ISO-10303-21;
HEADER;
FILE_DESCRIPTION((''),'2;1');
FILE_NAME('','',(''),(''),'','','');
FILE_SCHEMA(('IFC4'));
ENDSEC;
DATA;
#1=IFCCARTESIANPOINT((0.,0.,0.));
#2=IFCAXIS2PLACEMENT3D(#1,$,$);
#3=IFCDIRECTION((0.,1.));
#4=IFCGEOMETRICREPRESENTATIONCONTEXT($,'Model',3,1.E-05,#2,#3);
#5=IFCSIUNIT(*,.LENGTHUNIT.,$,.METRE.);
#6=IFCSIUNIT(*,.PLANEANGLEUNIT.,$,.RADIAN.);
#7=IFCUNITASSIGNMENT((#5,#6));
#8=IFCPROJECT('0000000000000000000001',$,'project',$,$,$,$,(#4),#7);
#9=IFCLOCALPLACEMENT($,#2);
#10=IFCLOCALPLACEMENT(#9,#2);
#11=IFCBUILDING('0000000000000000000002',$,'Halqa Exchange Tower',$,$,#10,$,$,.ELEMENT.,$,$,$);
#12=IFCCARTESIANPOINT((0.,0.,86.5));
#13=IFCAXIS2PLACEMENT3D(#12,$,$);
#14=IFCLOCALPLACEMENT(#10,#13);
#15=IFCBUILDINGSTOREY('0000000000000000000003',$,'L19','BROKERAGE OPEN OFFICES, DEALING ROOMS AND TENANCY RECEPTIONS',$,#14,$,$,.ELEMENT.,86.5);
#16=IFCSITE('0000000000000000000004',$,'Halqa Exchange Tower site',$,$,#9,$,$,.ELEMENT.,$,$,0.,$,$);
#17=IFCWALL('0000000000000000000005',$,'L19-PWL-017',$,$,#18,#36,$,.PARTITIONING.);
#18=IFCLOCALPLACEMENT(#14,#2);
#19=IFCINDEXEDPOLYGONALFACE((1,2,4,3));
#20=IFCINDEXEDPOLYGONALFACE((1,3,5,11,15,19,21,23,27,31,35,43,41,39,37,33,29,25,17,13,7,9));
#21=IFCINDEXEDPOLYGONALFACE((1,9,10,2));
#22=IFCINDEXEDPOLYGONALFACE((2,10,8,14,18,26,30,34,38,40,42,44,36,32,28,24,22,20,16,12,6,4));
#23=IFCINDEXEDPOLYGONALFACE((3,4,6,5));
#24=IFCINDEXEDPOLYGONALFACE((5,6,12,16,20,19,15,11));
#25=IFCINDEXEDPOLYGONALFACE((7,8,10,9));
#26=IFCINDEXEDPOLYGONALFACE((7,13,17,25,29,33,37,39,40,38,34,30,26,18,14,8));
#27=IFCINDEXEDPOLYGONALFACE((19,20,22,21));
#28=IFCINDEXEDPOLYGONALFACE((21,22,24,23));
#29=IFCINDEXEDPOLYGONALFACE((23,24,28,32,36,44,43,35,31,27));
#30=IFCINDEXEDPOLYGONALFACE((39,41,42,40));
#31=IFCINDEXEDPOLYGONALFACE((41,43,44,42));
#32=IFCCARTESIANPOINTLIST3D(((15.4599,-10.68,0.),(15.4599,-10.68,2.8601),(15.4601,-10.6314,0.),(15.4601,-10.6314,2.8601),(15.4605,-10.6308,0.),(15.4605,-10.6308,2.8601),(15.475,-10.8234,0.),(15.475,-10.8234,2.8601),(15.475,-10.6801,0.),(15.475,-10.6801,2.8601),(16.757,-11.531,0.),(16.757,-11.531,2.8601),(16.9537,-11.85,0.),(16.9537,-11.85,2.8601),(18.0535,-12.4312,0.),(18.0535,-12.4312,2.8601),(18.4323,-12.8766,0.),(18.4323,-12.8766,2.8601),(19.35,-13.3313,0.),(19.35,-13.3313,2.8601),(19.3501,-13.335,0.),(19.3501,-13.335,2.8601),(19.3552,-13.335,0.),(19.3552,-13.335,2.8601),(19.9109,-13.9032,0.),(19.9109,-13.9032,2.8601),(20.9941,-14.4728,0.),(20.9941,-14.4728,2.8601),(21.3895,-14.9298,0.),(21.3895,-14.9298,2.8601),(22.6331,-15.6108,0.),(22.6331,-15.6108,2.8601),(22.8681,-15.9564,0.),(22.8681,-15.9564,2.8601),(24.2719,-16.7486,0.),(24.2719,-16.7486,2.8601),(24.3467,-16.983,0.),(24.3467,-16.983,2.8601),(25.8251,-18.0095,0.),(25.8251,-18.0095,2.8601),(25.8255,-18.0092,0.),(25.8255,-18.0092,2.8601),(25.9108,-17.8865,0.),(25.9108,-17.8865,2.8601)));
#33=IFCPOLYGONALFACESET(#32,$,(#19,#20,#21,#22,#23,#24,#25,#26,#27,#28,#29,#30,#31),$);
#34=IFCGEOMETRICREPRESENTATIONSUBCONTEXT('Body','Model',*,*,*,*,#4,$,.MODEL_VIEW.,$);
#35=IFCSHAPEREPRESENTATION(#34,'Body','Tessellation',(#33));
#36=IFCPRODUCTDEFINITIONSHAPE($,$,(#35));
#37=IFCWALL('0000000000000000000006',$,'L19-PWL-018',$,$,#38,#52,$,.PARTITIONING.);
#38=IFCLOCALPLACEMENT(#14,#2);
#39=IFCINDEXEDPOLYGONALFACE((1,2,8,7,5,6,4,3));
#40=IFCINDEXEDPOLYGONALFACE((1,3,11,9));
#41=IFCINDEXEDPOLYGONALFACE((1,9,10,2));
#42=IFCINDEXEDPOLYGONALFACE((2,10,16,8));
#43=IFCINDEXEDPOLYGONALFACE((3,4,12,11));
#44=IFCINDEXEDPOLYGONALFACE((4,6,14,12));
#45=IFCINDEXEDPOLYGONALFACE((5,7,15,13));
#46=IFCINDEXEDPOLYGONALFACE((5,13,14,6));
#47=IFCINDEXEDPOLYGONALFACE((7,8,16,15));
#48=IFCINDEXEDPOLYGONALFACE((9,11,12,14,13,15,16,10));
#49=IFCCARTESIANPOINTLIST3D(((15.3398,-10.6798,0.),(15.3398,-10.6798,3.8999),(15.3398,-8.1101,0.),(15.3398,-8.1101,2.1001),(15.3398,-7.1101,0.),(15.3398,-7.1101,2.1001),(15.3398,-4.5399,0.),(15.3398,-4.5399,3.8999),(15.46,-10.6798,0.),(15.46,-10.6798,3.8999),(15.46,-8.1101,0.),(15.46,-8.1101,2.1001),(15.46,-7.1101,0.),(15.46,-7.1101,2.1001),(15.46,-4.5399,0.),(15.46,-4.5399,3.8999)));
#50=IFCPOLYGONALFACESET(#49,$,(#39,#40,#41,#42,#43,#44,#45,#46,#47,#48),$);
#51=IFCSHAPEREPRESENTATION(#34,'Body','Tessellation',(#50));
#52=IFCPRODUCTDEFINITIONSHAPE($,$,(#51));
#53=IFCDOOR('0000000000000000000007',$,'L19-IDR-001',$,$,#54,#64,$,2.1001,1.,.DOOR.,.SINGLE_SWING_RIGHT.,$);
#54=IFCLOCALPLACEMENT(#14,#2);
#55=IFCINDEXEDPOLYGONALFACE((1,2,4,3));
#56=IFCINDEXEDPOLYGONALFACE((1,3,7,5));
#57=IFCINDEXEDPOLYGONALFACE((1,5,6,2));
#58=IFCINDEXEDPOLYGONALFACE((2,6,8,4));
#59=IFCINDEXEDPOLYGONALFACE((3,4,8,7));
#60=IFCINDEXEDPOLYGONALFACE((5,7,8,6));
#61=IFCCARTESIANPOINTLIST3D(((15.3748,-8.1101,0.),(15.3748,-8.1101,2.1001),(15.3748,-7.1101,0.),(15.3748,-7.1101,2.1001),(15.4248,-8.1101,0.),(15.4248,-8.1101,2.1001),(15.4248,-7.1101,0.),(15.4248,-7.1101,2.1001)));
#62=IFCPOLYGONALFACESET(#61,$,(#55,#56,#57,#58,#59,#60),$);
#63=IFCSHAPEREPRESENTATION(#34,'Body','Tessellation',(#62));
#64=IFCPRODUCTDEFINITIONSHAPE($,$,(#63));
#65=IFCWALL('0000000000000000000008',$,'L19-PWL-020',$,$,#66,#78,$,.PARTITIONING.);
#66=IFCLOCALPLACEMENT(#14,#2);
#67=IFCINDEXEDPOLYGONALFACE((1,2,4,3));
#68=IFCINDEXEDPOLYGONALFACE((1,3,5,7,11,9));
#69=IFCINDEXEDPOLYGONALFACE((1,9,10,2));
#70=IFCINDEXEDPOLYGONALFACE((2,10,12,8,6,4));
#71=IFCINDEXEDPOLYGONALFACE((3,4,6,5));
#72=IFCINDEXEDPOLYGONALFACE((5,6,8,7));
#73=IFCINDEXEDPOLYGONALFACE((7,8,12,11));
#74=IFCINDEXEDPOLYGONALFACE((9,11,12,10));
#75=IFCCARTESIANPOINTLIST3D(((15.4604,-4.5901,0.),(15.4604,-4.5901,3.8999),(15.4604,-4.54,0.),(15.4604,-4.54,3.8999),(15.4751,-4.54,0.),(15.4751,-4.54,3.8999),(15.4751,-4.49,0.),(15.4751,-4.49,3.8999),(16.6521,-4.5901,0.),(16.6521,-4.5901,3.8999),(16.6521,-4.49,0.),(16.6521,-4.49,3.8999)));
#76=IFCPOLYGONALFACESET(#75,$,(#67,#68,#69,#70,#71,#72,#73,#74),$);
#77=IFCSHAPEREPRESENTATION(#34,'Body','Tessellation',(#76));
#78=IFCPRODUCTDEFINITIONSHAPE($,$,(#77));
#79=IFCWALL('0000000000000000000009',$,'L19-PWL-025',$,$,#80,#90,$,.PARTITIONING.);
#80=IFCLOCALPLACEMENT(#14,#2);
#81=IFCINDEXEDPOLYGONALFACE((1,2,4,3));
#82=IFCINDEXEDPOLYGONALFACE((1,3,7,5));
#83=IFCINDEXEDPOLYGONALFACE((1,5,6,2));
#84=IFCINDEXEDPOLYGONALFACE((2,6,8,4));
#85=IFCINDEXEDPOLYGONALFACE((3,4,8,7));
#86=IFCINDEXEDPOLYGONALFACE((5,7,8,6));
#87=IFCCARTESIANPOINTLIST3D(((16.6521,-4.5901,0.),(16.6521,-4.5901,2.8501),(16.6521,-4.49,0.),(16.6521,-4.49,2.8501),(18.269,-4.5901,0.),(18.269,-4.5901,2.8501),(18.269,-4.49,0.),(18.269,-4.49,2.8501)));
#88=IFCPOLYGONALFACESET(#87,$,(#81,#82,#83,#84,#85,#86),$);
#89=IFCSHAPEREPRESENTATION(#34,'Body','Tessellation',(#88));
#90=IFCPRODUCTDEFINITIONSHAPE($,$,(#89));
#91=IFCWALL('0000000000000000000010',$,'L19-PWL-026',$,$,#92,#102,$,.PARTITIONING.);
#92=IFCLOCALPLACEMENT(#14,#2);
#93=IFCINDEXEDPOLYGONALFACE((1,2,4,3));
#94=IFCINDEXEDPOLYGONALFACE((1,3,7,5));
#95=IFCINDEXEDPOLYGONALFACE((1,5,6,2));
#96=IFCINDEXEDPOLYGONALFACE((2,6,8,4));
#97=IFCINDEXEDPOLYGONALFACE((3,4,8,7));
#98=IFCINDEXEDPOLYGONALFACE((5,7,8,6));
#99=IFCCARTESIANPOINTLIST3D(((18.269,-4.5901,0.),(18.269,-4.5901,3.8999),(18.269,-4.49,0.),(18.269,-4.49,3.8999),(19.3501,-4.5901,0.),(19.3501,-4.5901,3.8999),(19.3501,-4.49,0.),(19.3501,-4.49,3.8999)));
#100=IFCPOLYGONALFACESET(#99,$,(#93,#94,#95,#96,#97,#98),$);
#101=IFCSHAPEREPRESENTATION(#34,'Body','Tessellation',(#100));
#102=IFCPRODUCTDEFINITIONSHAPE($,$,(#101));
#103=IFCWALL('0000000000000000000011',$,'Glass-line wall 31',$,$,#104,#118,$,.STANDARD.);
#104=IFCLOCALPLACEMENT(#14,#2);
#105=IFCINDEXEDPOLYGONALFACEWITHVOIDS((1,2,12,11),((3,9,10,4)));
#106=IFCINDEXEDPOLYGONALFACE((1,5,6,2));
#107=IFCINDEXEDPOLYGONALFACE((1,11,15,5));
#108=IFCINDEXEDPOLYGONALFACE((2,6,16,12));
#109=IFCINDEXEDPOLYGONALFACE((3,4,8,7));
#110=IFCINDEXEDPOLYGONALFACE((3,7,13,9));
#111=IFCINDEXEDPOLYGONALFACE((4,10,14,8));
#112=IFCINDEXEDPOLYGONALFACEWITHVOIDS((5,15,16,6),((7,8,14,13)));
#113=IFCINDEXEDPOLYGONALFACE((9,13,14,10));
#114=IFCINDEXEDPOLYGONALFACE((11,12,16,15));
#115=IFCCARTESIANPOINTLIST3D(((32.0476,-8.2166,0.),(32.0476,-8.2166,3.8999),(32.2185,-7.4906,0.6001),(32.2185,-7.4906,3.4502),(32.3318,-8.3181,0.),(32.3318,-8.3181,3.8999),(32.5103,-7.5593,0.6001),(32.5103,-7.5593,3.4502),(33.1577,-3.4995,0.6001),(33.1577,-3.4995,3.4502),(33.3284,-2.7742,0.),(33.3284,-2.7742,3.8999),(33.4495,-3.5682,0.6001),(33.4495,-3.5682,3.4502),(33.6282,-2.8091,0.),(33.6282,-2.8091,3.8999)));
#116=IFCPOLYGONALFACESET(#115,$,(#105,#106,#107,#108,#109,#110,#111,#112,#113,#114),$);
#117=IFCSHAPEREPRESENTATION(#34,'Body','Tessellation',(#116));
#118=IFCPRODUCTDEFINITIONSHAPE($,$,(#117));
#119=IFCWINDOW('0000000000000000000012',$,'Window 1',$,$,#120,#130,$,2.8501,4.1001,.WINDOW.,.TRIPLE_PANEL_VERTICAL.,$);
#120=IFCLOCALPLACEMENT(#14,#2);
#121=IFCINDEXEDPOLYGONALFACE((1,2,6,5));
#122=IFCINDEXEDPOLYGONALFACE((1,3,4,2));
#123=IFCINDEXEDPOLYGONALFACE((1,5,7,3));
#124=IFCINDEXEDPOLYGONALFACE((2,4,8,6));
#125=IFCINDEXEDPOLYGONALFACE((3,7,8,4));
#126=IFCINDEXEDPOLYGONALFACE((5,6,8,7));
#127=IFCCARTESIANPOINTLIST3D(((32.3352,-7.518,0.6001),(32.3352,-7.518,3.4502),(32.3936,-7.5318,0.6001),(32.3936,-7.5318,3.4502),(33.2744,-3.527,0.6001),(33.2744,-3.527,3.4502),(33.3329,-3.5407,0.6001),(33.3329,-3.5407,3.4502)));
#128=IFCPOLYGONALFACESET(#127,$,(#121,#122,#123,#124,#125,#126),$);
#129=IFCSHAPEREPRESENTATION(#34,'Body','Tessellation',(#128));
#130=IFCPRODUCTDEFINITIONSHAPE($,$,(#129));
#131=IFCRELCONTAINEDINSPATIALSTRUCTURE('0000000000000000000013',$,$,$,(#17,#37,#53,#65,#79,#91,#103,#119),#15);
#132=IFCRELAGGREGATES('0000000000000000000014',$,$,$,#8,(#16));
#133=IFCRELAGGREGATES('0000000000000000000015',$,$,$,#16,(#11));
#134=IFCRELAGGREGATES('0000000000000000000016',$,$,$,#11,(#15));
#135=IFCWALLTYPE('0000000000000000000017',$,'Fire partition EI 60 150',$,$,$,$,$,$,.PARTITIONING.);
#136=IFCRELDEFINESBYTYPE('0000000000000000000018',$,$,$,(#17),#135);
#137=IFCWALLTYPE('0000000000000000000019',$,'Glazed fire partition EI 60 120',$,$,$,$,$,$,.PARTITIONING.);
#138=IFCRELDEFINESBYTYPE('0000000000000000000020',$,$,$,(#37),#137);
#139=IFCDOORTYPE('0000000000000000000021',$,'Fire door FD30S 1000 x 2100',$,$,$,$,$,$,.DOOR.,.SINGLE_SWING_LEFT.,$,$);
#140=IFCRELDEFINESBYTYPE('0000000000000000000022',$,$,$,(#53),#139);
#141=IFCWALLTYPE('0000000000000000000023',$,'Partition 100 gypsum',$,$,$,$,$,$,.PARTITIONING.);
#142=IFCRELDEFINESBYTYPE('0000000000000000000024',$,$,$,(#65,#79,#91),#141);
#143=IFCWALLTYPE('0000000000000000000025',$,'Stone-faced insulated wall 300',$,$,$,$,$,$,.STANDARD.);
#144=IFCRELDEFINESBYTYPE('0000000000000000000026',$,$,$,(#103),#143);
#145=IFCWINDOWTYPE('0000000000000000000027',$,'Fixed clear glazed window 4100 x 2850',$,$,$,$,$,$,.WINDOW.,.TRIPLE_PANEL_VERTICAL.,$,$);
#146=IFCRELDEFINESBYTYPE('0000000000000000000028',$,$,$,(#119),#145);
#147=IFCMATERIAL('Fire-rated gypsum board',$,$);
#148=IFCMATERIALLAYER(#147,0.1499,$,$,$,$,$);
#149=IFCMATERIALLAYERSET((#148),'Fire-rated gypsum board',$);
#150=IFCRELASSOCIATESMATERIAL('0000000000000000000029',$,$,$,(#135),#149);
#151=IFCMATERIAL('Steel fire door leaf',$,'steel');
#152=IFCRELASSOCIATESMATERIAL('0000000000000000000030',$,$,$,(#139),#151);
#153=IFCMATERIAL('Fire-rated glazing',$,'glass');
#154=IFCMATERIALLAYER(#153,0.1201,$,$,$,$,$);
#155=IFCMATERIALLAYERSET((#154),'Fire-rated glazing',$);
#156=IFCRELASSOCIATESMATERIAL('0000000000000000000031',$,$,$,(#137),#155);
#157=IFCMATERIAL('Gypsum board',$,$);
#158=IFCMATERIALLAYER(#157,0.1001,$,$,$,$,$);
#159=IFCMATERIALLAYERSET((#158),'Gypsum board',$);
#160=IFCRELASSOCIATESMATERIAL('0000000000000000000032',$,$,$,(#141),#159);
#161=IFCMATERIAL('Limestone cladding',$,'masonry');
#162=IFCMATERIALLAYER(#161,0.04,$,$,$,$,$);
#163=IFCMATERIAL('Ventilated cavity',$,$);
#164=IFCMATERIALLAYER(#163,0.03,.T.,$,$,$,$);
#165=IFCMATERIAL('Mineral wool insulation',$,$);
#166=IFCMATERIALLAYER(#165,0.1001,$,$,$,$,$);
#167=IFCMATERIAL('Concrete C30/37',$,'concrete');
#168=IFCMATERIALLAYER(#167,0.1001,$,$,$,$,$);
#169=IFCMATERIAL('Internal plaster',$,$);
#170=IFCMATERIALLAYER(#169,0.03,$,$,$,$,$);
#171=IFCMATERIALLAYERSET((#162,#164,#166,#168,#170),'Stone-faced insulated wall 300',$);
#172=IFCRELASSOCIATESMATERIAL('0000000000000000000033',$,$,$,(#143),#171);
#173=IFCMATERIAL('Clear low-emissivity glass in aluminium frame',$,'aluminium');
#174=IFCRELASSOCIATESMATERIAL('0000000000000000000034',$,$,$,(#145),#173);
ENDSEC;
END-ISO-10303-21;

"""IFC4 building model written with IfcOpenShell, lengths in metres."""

from ifc_helpers import new_model, si_unit, direction, frame, frame_2d, origin, place, context, subcontext, project, spatial, polyline, rectangle, outline, extrude, material, layer, layer_set, type_object, element, fill, save


model = new_model("IFC4")

# Units and contexts
model_context = context("Model", 3, precision=1e-05, world=origin(), true_north=direction((0.0, 1.0)))
body_context = subcontext(model_context, "Body", "Model", "MODEL_VIEW")
ifc_project = project(units=[si_unit("LENGTHUNIT", "METRE"), si_unit("PLANEANGLEUNIT", "RADIAN")], contexts=[model_context])

# Site, building, storey
site_placement = place(None, origin())
site = spatial("IfcSite", under=ifc_project, at=site_placement, Name="Halqa Exchange Tower site", CompositionType="ELEMENT", RefElevation=0.0)
building_placement = place(site_placement, origin())
building = spatial("IfcBuilding", under=site, at=building_placement, Name="Halqa Exchange Tower", CompositionType="ELEMENT")
storey_placement = place(building_placement, frame((0.0, 0.0, 86.5)))
storey = spatial("IfcBuildingStorey", under=building, at=storey_placement, Name="L19", Description="BROKERAGE OPEN OFFICES, DEALING ROOMS AND TENANCY RECEPTIONS", CompositionType="ELEMENT", Elevation=86.5)

# Wall
ifc_material_1 = material(Name="Fire-rated gypsum board")
ifc_layer_1 = layer(ifc_material_1, 0.1499)
ifc_layer_set_1 = layer_set([ifc_layer_1], Name="Fire-rated gypsum board")
wall_type_1 = type_object("IfcWallType", Name="Fire partition EI 60 150", PredefinedType="PARTITIONING", material=ifc_layer_set_1)
wall_1_placement = place(storey_placement, frame((15.4177, -10.6924, 0.0), z_axis=(0.0, 0.0, 1.0), x_axis=(0.821424, -0.570318, 0.0)))
element("IfcWall", 1, at=wall_1_placement, inside=storey, type_object=wall_type_1, Name="L19-PWL-017", PredefinedType="PARTITIONING", context=body_context, shape_type="SweptSolid", body=[
    extrude(outline(polyline([(0.1218, -0.075), (1.9219, -0.075), (3.7219, -0.075), (5.522, -0.075), (7.322, -0.075), (9.1221, -0.075), (10.9221, -0.075), (12.7219, -0.075), (12.7222, -0.0745), (12.7222, 0.075), (10.7271, 0.075), (8.7319, 0.075), (6.7366, 0.075), (4.7415, 0.075), (4.7373, 0.072), (4.7351, 0.075), (3.1567, 0.075), (1.5784, 0.075), (0.0, 0.075), (0.0, 0.0742), (0.0276, 0.0342), (0.04, 0.0427), (0.1218, -0.075)])), origin(), (0.0, 0.0, 1.0), 2.8601),
])

# Shared definitions
ifc_material_2 = material(Name="Steel fire door leaf", Category="steel")
door_type_1 = type_object("IfcDoorType", Name="Fire door FD30S 1000 x 2100", OperationType="SINGLE_SWING_LEFT", PredefinedType="DOOR", material=ifc_material_2)

# Wall, opening, door
ifc_material_3 = material(Name="Fire-rated glazing", Category="glass")
ifc_layer_2 = layer(ifc_material_3, 0.1201)
ifc_layer_set_2 = layer_set([ifc_layer_2], Name="Fire-rated glazing")
wall_type_2 = type_object("IfcWallType", Name="Glazed fire partition EI 60 120", PredefinedType="PARTITIONING", material=ifc_layer_set_2)
wall_2_placement = place(storey_placement, frame((15.3999, -4.54, 0.0), z_axis=(0.0, 0.0, 1.0), x_axis=(0.0, -1.0, 0.0)))
wall_2 = element("IfcWall", 2, at=wall_2_placement, inside=storey, type_object=wall_type_2, Name="L19-PWL-018", PredefinedType="PARTITIONING", context=body_context, shape_type="SweptSolid", body=[
    extrude(rectangle(XDim=6.1399, YDim=0.1201, at=frame_2d((3.0698, 0.0))), origin(), (0.0, 0.0, 1.0), 3.8999),
])
opening_1_placement = place(wall_2_placement, frame((2.5701, 0.0, 0.0)))
opening_1 = element("IfcOpeningElement", 3, at=opening_1_placement, cuts=wall_2, PredefinedType="OPENING", context=body_context, shape_type="SweptSolid", body=[
    extrude(rectangle(XDim=1.0, YDim=2.1001, at=frame_2d((0.5, 1.05))), frame((0.0, 0.072, 0.0), z_axis=(0.0, -1.0, 0.0), x_axis=(1.0, 0.0, 0.0)), (0.0, 0.0, 1.0), 0.144),
])
door_1_placement = place(opening_1_placement, origin())
door_1 = element("IfcDoor", 4, at=door_1_placement, inside=storey, type_object=door_type_1, Name="L19-IDR-001", OperationType="SINGLE_SWING_RIGHT", OverallHeight=2.1001, OverallWidth=1.0, PredefinedType="DOOR", context=body_context, shape_type="SweptSolid", body=[
    extrude(rectangle(XDim=1.0, YDim=2.1001, at=frame_2d((0.5, 1.05))), frame((0.0, 0.0249, 0.0), z_axis=(0.0, -1.0, 0.0), x_axis=(1.0, 0.0, 0.0)), (0.0, 0.0, 1.0), 0.05),
])
fill(opening_1, door_1)

# Walls
ifc_material_4 = material(Name="Gypsum board")
ifc_layer_3 = layer(ifc_material_4, 0.1001)
ifc_layer_set_3 = layer_set([ifc_layer_3], Name="Gypsum board")
wall_type_3 = type_object("IfcWallType", Name="Partition 100 gypsum", PredefinedType="PARTITIONING", material=ifc_layer_set_3)
wall_3_placement = place(storey_placement, frame((15.4604, -4.54, 0.0), z_axis=(0.0, 0.0, 1.0), x_axis=(1.0, 0.0, 0.0)))
element("IfcWall", 5, at=wall_3_placement, inside=storey, type_object=wall_type_3, Name="L19-PWL-020", PredefinedType="PARTITIONING", context=body_context, shape_type="SweptSolid", body=[
    extrude(outline(polyline([(1.1917, 0.05), (0.0146, 0.05), (0.0146, 0.0), (0.0, 0.0), (0.0, -0.05), (1.1917, -0.05), (1.1917, 0.05)])), origin(), (0.0, 0.0, 1.0), 3.8999),
])
wall_4_placement = place(storey_placement, frame((16.6521, -4.54, 0.0), z_axis=(0.0, 0.0, 1.0), x_axis=(1.0, 0.0, 0.0)))
element("IfcWall", 6, at=wall_4_placement, inside=storey, type_object=wall_type_3, Name="L19-PWL-025", PredefinedType="PARTITIONING", context=body_context, shape_type="SweptSolid", body=[
    extrude(outline(polyline([(0.0, 0.05), (0.0, -0.05), (1.6169, -0.05), (1.6169, 0.05), (0.0, 0.05)])), origin(), (0.0, 0.0, 1.0), 2.8501),
])
wall_5_placement = place(storey_placement, frame((18.269, -4.54, 0.0), z_axis=(0.0, 0.0, 1.0), x_axis=(1.0, 0.0, 0.0)))
element("IfcWall", 7, at=wall_5_placement, inside=storey, type_object=wall_type_3, Name="L19-PWL-026", PredefinedType="PARTITIONING", context=body_context, shape_type="SweptSolid", body=[
    extrude(outline(polyline([(0.0, -0.05), (1.0811, -0.05), (1.0811, 0.05), (0.0, 0.05), (0.0, -0.05)])), origin(), (0.0, 0.0, 1.0), 3.8999),
])

# Wall, opening, window
ifc_material_5 = material(Name="Limestone cladding", Category="masonry")
ifc_layer_4 = layer(ifc_material_5, 0.04)
ifc_material_6 = material(Name="Ventilated cavity")
ifc_layer_5 = layer(ifc_material_6, 0.03, ventilated=True)
ifc_material_7 = material(Name="Mineral wool insulation")
ifc_layer_6 = layer(ifc_material_7, 0.1001)
ifc_material_8 = material(Name="Concrete C30/37", Category="concrete")
ifc_layer_7 = layer(ifc_material_8, 0.1001)
ifc_material_9 = material(Name="Internal plaster")
ifc_layer_8 = layer(ifc_material_9, 0.03)
ifc_layer_set_4 = layer_set([ifc_layer_4, ifc_layer_5, ifc_layer_6, ifc_layer_7, ifc_layer_8], Name="Stone-faced insulated wall 300")
wall_type_4 = type_object("IfcWallType", Name="Stone-faced insulated wall 300", PredefinedType="STANDARD", material=ifc_layer_set_4)
wall_6_placement = place(storey_placement, frame((32.1897, -8.2673, 0.0), z_axis=(0.0, 0.0, 1.0), x_axis=(0.229073, 0.973409, 0.0)))
wall_6 = element("IfcWall", 8, at=wall_6_placement, inside=storey, type_object=wall_type_4, Name="Glass-line wall 31", PredefinedType="STANDARD", context=body_context, shape_type="SweptSolid", body=[
    extrude(outline(polyline([(-0.0168, -0.1499), (5.6426, -0.1499), (5.6079, 0.1499), (0.0168, 0.1499), (-0.0168, -0.1499)])), origin(), (0.0, 0.0, 1.0), 3.8999),
])
opening_2_placement = place(wall_6_placement, frame((0.7627, 0.0, 0.6001)))
opening_2 = element("IfcOpeningElement", 9, at=opening_2_placement, cuts=wall_6, PredefinedType="OPENING", context=body_context, shape_type="SweptSolid", body=[
    extrude(rectangle(XDim=4.1001, YDim=2.8501, at=frame_2d((2.05, 1.425))), frame((0.0, 0.1621, 0.0), z_axis=(0.0, -1.0, 0.0), x_axis=(1.0, 0.0, 0.0)), (0.0, 0.0, 1.0), 0.324),
])
ifc_material_10 = material(Name="Clear low-emissivity glass in aluminium frame", Category="aluminium")
window_type = type_object("IfcWindowType", Name="Fixed clear glazed window 4100 x 2850", PartitioningType="TRIPLE_PANEL_VERTICAL", PredefinedType="WINDOW", material=ifc_material_10)
window_placement = place(opening_2_placement, origin())
window = element("IfcWindow", 10, at=window_placement, inside=storey, type_object=window_type, Name="Window 1", OverallHeight=2.8501, OverallWidth=4.1001, PartitioningType="TRIPLE_PANEL_VERTICAL", PredefinedType="WINDOW", context=body_context, shape_type="SweptSolid", body=[
    extrude(rectangle(XDim=4.1001, YDim=2.8501, at=frame_2d((2.05, 1.425))), frame((0.0, 0.03, 0.0), z_axis=(0.0, -1.0, 0.0), x_axis=(1.0, 0.0, 0.0)), (0.0, 0.0, 1.0), 0.0601),
])
fill(opening_2, window)

save(model, "model.ifc")
